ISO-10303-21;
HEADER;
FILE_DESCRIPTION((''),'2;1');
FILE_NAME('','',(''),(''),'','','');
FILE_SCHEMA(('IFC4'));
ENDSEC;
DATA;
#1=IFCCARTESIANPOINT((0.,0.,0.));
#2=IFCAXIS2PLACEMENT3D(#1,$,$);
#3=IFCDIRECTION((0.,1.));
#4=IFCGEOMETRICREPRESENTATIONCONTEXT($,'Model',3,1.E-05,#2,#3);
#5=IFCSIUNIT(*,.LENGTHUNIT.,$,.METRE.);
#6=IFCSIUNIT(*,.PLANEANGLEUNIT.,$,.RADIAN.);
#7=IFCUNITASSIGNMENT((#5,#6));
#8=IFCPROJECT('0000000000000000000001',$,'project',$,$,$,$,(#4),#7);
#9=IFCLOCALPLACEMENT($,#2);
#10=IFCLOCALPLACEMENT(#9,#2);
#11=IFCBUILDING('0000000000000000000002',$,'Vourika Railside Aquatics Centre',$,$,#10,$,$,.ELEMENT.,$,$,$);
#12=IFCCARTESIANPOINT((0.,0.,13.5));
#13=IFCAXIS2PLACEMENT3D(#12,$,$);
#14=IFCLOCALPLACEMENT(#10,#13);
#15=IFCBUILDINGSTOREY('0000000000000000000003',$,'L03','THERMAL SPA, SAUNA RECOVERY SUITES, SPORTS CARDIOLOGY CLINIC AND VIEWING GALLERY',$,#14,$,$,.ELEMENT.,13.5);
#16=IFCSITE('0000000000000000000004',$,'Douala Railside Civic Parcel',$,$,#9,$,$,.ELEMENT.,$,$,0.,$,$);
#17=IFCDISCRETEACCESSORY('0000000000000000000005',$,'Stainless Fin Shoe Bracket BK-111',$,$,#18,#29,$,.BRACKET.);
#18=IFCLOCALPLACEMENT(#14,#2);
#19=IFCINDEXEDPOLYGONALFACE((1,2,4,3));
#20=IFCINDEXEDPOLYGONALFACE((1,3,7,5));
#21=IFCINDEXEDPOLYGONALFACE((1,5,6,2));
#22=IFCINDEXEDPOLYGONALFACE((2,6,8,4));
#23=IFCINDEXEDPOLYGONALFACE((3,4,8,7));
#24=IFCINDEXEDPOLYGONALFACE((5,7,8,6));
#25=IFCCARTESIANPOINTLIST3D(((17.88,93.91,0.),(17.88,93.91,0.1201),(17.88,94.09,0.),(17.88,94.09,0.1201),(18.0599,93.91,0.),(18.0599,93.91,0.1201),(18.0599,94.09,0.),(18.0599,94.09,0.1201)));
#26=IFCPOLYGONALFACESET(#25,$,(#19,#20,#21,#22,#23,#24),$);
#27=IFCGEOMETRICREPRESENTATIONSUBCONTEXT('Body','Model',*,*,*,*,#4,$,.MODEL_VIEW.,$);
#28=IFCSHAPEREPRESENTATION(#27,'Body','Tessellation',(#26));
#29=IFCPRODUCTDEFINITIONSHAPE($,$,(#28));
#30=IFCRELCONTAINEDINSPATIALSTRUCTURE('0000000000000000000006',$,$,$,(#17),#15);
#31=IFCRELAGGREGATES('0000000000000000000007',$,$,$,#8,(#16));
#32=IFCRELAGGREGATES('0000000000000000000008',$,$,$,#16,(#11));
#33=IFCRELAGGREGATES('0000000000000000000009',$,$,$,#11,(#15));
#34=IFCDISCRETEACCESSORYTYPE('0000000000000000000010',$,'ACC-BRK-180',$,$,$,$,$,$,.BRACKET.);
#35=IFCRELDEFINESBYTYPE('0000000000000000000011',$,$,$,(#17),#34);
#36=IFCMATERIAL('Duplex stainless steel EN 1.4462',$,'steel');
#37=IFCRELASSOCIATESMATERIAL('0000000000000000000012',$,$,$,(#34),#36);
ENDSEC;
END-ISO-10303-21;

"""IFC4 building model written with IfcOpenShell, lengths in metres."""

from ifc_helpers import new_model, si_unit, direction, frame, origin, origin_2d, place, context, subcontext, project, spatial, rectangle, extrude, material, type_object, element, save


model = new_model("IFC4")

# Units and contexts
model_context = context("Model", 3, precision=1e-05, world=origin(), true_north=direction((0.0, 1.0)))
body_context = subcontext(model_context, "Body", "Model", "MODEL_VIEW")
ifc_project = project(units=[si_unit("LENGTHUNIT", "METRE"), si_unit("PLANEANGLEUNIT", "RADIAN")], contexts=[model_context])

# Site, building, storey
site_placement = place(None, origin())
site = spatial("IfcSite", under=ifc_project, at=site_placement, Name="Douala Railside Civic Parcel", CompositionType="ELEMENT", RefElevation=0.0)
building_placement = place(site_placement, origin())
building = spatial("IfcBuilding", under=site, at=building_placement, Name="Vourika Railside Aquatics Centre", CompositionType="ELEMENT")
storey_placement = place(building_placement, frame((0.0, 0.0, 13.5)))
storey = spatial("IfcBuildingStorey", under=building, at=storey_placement, Name="L03", Description="THERMAL SPA, SAUNA RECOVERY SUITES, SPORTS CARDIOLOGY CLINIC AND VIEWING GALLERY", CompositionType="ELEMENT", Elevation=13.5)

# Discrete accessory
ifc_material_1 = material(Name="Duplex stainless steel EN 1.4462", Category="steel")
discrete_accessory_type = type_object("IfcDiscreteAccessoryType", Name="ACC-BRK-180", PredefinedType="BRACKET", material=ifc_material_1)
discrete_accessory_placement = place(storey_placement, frame((17.97, 94.0, 0.0), z_axis=(0.0, 0.0, 1.0), x_axis=(-1.0, 0.0, 0.0)))
element("IfcDiscreteAccessory", 1, at=discrete_accessory_placement, inside=storey, type_object=discrete_accessory_type, Name="Stainless Fin Shoe Bracket BK-111", PredefinedType="BRACKET", context=body_context, shape_type="SweptSolid", body=[
    extrude(rectangle(XDim=0.1799, YDim=0.1799, at=origin_2d()), origin(), (0.0, 0.0, 1.0), 0.1201),
])

save(model, "model.ifc")
